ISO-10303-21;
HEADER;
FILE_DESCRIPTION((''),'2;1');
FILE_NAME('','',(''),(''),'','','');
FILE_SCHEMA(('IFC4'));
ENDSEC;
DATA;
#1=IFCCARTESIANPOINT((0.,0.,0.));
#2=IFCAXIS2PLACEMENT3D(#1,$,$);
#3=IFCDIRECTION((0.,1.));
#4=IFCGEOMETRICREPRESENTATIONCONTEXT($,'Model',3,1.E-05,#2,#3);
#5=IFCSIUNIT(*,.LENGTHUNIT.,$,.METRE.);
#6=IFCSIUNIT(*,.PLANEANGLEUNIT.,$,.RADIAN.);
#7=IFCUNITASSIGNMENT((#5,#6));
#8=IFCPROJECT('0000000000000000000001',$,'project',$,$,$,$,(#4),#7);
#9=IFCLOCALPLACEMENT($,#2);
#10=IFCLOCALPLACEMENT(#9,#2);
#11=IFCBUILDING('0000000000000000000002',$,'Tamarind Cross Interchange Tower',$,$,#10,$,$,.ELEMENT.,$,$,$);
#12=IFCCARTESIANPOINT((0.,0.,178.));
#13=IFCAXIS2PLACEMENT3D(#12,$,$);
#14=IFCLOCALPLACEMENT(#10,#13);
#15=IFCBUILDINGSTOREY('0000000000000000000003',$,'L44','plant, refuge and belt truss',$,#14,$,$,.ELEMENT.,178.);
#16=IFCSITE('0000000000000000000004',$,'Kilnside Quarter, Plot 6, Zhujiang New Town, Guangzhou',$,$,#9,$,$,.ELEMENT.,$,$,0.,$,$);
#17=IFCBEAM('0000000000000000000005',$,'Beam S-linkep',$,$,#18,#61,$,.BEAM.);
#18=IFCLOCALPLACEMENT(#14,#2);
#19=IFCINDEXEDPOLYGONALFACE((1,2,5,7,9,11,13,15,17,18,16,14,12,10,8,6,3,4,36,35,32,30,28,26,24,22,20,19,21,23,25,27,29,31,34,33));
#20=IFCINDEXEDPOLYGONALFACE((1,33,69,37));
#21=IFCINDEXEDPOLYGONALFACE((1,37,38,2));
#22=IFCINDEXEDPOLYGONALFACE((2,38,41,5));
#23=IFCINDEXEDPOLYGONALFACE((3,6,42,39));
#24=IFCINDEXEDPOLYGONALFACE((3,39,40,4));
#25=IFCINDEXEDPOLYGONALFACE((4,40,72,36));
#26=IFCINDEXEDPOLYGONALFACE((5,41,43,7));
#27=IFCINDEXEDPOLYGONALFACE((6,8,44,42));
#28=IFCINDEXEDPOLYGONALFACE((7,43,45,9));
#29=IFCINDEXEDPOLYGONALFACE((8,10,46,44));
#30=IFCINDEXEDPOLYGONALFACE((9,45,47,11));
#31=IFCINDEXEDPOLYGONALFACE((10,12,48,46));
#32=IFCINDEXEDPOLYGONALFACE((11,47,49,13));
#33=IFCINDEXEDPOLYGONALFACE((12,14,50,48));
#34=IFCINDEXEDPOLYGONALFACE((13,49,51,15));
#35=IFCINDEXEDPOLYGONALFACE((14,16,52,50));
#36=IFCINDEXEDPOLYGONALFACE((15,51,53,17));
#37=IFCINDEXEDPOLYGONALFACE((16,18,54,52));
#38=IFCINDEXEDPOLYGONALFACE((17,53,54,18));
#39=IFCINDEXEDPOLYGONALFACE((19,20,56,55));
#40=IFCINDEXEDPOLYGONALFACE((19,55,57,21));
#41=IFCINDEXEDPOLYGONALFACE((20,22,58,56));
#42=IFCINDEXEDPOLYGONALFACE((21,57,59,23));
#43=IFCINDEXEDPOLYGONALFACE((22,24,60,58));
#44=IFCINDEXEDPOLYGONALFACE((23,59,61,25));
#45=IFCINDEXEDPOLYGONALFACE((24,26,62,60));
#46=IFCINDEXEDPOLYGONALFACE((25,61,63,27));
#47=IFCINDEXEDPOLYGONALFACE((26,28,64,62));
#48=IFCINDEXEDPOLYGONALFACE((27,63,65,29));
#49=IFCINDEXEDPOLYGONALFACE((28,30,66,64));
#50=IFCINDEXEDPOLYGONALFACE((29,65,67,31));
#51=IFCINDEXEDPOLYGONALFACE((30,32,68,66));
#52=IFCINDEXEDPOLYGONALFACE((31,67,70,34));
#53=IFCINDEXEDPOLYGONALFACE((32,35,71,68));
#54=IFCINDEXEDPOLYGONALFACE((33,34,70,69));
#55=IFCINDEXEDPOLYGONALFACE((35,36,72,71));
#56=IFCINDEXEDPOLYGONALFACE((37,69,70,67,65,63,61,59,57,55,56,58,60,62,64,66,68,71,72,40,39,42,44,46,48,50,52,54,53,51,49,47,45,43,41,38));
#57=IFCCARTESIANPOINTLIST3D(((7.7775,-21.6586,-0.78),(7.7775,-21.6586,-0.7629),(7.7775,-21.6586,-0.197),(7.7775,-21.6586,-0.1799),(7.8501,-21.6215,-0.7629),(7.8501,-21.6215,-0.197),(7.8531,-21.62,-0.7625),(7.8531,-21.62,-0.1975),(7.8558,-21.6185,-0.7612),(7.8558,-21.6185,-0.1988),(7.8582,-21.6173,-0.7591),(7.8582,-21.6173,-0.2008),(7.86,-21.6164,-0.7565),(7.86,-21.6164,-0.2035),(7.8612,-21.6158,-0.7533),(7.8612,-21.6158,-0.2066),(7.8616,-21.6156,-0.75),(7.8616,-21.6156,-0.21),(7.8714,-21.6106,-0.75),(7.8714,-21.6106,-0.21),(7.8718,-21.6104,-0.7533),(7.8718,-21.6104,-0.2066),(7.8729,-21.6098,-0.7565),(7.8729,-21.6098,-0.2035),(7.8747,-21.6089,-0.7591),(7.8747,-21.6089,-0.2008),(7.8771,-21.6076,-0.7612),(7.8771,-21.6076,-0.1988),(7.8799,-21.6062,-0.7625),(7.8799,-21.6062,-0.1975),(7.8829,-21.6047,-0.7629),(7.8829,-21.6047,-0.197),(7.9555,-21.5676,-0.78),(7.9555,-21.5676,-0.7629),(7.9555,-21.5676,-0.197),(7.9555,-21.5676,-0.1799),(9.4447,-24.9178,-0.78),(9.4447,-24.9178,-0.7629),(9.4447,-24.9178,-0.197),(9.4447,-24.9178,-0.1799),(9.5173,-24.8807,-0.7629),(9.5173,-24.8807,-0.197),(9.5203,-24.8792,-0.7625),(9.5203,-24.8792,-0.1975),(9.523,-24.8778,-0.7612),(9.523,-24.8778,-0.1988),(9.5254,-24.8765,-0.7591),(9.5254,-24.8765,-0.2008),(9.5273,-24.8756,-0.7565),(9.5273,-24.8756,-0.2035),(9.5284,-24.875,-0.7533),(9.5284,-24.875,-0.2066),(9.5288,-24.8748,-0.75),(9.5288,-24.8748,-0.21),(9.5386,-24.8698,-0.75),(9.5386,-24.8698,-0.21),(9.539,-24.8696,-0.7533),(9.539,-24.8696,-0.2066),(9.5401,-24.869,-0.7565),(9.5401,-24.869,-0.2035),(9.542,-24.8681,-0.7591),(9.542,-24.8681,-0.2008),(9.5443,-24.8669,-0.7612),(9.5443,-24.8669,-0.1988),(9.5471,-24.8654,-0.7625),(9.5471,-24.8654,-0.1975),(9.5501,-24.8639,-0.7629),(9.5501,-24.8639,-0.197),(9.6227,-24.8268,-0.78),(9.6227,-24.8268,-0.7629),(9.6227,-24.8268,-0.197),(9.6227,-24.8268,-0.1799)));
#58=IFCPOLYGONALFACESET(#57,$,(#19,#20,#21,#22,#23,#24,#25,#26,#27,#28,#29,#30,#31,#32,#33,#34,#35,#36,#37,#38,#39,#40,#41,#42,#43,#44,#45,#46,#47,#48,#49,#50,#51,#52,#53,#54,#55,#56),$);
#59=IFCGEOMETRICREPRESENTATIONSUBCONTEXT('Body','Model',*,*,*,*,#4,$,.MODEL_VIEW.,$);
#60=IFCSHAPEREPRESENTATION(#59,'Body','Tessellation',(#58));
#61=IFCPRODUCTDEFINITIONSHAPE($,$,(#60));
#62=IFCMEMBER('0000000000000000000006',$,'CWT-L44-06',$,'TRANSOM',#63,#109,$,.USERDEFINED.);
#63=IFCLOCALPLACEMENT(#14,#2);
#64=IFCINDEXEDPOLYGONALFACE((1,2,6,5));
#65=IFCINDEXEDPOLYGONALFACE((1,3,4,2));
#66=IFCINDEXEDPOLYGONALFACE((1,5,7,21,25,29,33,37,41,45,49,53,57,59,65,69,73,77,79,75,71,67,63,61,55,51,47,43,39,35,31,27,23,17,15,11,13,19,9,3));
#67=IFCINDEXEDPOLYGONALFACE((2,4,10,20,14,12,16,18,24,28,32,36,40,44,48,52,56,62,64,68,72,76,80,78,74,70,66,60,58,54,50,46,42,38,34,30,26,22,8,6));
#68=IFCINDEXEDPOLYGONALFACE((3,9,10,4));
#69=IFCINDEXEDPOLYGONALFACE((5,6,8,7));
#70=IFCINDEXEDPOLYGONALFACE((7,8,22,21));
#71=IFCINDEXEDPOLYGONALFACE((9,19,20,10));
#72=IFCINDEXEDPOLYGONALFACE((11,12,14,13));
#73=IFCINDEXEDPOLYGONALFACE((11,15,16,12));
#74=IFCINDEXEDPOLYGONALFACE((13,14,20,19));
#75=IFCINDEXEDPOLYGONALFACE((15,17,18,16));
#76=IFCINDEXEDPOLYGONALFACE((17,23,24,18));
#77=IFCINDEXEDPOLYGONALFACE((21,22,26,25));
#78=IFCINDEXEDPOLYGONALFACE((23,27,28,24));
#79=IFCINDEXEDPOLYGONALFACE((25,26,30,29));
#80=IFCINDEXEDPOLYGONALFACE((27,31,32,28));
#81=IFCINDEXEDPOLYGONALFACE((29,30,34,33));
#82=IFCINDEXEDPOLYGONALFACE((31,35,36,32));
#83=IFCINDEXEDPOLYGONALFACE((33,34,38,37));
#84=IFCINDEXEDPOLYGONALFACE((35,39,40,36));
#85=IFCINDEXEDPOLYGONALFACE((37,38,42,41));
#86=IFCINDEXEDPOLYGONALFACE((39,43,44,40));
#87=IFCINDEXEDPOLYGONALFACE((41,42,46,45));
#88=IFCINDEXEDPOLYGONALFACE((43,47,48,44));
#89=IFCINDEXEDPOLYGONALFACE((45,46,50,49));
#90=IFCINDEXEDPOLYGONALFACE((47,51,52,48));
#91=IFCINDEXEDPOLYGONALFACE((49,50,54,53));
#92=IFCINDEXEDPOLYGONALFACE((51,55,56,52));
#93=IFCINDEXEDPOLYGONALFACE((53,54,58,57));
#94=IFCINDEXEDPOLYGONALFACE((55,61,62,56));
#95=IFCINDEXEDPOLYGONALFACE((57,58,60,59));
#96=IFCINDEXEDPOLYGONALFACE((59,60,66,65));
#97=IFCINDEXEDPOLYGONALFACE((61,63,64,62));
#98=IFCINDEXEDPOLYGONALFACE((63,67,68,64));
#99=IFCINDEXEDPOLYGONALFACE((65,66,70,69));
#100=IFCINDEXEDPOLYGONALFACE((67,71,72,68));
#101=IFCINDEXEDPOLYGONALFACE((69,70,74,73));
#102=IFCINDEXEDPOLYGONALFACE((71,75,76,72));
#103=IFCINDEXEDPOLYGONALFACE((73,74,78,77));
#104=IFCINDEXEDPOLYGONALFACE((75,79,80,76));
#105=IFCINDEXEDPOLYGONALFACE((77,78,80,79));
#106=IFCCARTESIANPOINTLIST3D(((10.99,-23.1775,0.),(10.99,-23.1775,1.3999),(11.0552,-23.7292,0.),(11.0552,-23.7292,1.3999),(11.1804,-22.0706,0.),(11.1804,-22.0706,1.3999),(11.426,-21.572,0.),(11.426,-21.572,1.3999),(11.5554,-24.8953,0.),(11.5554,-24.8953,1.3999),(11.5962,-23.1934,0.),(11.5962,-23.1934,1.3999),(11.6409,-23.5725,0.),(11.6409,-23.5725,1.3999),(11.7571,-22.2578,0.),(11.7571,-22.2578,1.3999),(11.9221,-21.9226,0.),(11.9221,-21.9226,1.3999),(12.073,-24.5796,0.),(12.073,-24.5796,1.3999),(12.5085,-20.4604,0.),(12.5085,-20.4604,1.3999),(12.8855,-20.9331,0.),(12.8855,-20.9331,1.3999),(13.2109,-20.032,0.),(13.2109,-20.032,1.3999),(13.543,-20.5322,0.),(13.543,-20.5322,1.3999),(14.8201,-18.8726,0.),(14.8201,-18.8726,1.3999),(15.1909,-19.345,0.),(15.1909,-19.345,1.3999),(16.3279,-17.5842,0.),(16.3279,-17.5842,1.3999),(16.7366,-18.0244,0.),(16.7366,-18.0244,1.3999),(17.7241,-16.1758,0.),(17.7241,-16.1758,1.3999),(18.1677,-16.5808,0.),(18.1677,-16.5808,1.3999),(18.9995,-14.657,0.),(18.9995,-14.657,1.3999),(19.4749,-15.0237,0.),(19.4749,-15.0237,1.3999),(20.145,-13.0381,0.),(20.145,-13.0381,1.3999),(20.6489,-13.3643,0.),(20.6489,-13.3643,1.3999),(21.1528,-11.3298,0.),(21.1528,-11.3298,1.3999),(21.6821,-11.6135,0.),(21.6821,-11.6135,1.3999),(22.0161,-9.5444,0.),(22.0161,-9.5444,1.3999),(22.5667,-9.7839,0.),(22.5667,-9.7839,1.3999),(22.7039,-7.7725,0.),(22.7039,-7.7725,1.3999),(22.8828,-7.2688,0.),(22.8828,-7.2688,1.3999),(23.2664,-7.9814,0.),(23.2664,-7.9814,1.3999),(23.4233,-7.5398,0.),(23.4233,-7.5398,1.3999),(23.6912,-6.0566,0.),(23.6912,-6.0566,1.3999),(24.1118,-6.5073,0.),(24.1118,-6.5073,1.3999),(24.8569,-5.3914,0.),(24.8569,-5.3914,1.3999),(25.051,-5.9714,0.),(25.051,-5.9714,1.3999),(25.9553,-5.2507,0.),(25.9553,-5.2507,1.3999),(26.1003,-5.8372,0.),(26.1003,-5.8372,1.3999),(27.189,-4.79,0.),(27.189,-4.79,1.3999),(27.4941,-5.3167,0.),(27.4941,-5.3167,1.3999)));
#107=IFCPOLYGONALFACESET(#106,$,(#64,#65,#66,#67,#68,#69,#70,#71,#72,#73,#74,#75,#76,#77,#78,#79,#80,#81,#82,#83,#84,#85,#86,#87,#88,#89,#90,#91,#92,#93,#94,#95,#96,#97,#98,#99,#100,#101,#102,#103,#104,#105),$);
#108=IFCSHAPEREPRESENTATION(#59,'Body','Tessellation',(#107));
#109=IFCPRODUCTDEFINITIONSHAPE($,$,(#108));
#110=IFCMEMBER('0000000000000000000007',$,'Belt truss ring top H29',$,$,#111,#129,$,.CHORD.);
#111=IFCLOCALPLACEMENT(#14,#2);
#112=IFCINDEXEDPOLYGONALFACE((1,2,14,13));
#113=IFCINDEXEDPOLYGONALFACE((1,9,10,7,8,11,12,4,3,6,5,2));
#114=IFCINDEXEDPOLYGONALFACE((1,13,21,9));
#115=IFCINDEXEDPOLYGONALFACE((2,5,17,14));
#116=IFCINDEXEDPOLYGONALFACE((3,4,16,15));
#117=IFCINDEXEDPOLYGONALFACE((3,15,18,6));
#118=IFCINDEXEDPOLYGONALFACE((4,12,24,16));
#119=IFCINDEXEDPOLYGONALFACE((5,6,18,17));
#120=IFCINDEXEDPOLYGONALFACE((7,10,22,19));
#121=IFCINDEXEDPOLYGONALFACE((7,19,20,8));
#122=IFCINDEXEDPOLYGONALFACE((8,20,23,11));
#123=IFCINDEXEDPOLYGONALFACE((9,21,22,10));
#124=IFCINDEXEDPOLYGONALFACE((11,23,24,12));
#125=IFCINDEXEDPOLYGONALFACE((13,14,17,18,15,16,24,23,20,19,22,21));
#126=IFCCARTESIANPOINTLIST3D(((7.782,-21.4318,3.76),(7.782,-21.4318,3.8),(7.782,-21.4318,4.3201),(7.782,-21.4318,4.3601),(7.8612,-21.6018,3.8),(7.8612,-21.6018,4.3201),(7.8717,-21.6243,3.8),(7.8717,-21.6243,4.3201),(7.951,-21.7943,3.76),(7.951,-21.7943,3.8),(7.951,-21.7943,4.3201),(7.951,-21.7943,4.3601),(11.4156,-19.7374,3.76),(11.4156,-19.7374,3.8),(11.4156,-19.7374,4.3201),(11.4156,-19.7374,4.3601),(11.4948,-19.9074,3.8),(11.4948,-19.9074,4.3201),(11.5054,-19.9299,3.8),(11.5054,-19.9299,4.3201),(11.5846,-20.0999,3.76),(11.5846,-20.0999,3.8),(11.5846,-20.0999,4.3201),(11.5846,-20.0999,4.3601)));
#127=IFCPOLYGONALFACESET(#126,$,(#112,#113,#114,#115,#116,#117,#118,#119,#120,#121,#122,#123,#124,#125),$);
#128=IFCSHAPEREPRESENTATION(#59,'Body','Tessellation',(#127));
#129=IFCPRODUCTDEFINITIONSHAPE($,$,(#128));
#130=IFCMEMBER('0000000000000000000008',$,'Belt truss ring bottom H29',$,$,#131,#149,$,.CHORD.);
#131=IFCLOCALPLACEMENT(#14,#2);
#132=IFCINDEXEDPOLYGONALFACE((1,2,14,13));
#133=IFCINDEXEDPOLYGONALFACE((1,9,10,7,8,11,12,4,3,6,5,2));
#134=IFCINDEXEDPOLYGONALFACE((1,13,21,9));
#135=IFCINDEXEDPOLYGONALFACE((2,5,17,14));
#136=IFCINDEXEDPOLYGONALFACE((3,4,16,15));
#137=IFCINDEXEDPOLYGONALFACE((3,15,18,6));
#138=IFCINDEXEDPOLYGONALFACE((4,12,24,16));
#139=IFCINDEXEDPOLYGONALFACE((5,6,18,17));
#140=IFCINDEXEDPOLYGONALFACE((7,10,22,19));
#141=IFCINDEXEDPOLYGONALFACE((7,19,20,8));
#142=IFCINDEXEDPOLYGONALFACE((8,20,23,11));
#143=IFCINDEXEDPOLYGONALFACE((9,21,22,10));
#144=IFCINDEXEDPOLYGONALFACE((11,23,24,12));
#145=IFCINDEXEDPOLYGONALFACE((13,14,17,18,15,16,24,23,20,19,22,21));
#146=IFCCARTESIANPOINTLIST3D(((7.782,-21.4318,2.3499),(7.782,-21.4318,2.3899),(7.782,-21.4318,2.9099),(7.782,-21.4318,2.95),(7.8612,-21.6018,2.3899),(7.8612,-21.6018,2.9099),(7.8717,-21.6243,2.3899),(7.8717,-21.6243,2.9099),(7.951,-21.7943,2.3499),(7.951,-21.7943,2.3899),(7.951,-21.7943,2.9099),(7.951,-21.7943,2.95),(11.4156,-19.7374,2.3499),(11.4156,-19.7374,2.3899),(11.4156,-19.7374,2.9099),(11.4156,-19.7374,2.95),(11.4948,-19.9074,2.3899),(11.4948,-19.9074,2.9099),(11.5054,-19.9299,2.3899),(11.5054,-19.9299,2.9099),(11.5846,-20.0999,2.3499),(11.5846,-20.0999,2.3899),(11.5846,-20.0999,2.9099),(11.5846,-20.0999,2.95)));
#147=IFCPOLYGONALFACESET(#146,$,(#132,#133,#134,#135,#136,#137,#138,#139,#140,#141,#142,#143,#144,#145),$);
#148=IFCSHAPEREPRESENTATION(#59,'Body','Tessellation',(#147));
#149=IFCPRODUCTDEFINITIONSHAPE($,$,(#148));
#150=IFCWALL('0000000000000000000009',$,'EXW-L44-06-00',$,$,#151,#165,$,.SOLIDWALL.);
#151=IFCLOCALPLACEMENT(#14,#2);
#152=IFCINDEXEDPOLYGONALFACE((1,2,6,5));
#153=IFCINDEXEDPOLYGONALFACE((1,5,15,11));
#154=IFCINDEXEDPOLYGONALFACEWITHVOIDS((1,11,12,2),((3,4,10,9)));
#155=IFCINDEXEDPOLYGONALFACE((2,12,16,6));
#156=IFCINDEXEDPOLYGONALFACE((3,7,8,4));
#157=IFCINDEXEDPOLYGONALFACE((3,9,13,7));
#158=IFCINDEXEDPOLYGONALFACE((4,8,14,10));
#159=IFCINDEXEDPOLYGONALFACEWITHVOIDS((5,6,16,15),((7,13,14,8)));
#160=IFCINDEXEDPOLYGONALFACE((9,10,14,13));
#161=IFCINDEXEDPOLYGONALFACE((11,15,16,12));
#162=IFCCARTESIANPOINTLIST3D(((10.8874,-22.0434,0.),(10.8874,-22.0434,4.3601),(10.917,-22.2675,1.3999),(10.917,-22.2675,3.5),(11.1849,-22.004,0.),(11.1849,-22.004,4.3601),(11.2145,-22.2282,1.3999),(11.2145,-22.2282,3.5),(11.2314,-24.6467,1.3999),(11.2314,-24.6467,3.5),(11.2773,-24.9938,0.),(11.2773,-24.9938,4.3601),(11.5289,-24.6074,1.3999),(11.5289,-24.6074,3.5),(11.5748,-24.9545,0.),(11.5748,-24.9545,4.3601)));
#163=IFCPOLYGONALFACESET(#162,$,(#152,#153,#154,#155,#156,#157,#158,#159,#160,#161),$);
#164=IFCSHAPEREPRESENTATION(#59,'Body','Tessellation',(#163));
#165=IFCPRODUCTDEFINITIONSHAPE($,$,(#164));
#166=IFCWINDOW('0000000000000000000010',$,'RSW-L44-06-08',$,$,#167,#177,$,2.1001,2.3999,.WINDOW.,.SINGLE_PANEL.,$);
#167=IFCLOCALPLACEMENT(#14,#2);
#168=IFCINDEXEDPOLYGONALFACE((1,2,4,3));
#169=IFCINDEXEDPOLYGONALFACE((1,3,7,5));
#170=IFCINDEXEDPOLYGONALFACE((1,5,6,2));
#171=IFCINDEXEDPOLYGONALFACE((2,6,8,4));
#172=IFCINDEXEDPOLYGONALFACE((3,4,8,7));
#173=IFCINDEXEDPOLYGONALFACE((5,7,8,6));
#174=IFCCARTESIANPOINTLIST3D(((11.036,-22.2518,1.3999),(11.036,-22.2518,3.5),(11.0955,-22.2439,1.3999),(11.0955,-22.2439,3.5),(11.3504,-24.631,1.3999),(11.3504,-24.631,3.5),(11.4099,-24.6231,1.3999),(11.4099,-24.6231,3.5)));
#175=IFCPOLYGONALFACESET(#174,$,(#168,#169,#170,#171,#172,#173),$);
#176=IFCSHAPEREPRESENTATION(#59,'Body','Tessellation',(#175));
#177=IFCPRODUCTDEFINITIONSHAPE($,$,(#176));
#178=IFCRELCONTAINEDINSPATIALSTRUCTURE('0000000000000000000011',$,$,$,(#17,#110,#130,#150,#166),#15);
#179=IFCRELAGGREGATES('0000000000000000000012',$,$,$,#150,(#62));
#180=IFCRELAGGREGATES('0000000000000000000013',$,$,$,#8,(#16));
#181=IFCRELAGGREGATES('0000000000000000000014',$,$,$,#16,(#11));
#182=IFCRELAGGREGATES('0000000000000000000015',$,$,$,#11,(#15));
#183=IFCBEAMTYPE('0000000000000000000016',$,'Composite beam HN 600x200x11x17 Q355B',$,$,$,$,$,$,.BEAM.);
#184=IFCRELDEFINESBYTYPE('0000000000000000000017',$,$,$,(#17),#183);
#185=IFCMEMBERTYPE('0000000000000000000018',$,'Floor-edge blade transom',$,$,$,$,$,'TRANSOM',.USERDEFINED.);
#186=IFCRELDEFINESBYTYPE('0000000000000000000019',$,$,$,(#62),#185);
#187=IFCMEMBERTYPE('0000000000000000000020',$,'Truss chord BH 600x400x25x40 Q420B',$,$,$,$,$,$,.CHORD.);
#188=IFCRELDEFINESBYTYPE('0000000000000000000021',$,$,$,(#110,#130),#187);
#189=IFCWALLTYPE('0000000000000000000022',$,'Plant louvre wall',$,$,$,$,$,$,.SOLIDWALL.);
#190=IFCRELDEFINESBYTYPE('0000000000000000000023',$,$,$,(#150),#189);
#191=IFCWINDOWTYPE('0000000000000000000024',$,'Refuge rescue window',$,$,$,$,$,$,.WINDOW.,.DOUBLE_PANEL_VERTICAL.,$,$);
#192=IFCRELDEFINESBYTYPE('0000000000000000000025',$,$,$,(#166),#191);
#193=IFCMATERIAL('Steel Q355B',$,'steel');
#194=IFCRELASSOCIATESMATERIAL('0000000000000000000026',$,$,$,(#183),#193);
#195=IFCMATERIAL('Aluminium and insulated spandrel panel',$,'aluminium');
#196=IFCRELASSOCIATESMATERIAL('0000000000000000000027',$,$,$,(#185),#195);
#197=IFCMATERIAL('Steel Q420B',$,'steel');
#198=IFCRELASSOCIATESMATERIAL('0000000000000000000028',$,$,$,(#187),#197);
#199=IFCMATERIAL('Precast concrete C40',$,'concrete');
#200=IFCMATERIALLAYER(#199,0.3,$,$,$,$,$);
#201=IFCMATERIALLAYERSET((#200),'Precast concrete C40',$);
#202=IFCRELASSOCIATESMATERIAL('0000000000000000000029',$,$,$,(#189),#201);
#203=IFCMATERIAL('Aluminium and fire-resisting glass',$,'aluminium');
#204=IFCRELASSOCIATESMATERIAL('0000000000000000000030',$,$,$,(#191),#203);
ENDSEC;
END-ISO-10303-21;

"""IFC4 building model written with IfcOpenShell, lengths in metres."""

from ifc_helpers import new_model, si_unit, direction, frame, frame_2d, origin, origin_2d, place, context, subcontext, project, spatial, polyline, rectangle, i_section, outline, extrude, material, layer, layer_set, material_profile, profile_set, type_object, element, fill, aggregate, save


model = new_model("IFC4")

# Units and contexts
model_context = context("Model", 3, precision=1e-05, world=origin(), true_north=direction((0.0, 1.0)))
body_context = subcontext(model_context, "Body", "Model", "MODEL_VIEW")
ifc_project = project(units=[si_unit("LENGTHUNIT", "METRE"), si_unit("PLANEANGLEUNIT", "RADIAN")], contexts=[model_context])

# Site, building, storey
site_placement = place(None, origin())
site = spatial("IfcSite", under=ifc_project, at=site_placement, Name="Kilnside Quarter, Plot 6, Zhujiang New Town, Guangzhou", CompositionType="ELEMENT", RefElevation=0.0)
building_placement = place(site_placement, origin())
building = spatial("IfcBuilding", under=site, at=building_placement, Name="Tamarind Cross Interchange Tower", CompositionType="ELEMENT")
storey_placement = place(building_placement, frame((0.0, 0.0, 178.0)))
storey = spatial("IfcBuildingStorey", under=building, at=storey_placement, Name="L44", Description="plant, refuge and belt truss", CompositionType="ELEMENT", Elevation=178.0)

# Beam
ifc_material_1 = material(Name="Steel Q355B", Category="steel")
ifc_material_profile_1 = material_profile(ifc_material_1, i_section(OverallWidth=0.2, OverallDepth=0.6001, WebThickness=0.011, FlangeThickness=0.0171, FilletRadius=0.0129, at=origin_2d()), Name="HN 600x200x11x17")
ifc_profile_set_1 = profile_set([ifc_material_profile_1], Name="Steel Q355B")
beam_type_1 = type_object("IfcBeamType", Name="Composite beam HN 600x200x11x17 Q355B", PredefinedType="BEAM", material=ifc_profile_set_1)
beam_1_placement = place(storey_placement, frame((9.5337, -24.8723, -0.48), z_axis=(-0.455411, 0.890281, 0.0), x_axis=(-0.890281, -0.455411, 0.0)))
element("IfcBeam", 1, at=beam_1_placement, inside=storey, type_object=beam_type_1, Name="Beam S-linkep", PredefinedType="BEAM", context=body_context, shape_type="SweptSolid", body=[
    extrude(i_section(OverallWidth=0.2, OverallDepth=0.6001, WebThickness=0.011, FlangeThickness=0.0171, FilletRadius=0.0129, at=origin_2d()), origin(), (0.0, 0.0, 1.0), 3.6609),
])

# Member
ifc_material_2 = material(Name="Aluminium and insulated spandrel panel", Category="aluminium")
member_type_1 = type_object("IfcMemberType", Name="Floor-edge blade transom", ElementType="TRANSOM", PredefinedType="USERDEFINED", material=ifc_material_2)
member_1_placement = place(storey_placement, origin())
member_1 = element("IfcMember", 2, at=member_1_placement, type_object=member_type_1, Name="CWT-L44-06", ObjectType="TRANSOM", PredefinedType="USERDEFINED", context=body_context, shape_type="SweptSolid", body=[
    extrude(outline(polyline([(11.5554, -24.8953), (11.0552, -23.7292), (10.99, -23.1775), (11.1804, -22.0706), (11.426, -21.572), (12.5085, -20.4604), (13.2109, -20.032), (14.8201, -18.8726), (16.3279, -17.5842), (17.7241, -16.1758), (18.9995, -14.657), (20.145, -13.0381), (21.1528, -11.3298), (22.0161, -9.5444), (22.7039, -7.7725), (22.8828, -7.2688), (23.6912, -6.0566), (24.8569, -5.3914), (25.9553, -5.2507), (27.189, -4.79), (27.4941, -5.3167), (26.1003, -5.8372), (25.051, -5.9714), (24.1118, -6.5073), (23.4233, -7.5398), (23.2664, -7.9814), (22.5667, -9.7839), (21.6821, -11.6135), (20.6489, -13.3643), (19.4749, -15.0237), (18.1677, -16.5808), (16.7366, -18.0244), (15.1909, -19.345), (13.543, -20.5322), (12.8855, -20.9331), (11.9221, -21.9226), (11.7571, -22.2578), (11.5962, -23.1934), (11.6409, -23.5725), (12.073, -24.5796), (11.5554, -24.8953)])), origin(), (0.0, 0.0, 1.0), 1.3999),
])

# Members
ifc_material_3 = material(Name="Steel Q420B", Category="steel")
ifc_material_profile_2 = material_profile(ifc_material_3, i_section(OverallWidth=0.3999, OverallDepth=0.6001, WebThickness=0.0249, FlangeThickness=0.04, at=origin_2d()), Name="BH 600x400x25x40")
ifc_profile_set_2 = profile_set([ifc_material_profile_2], Name="Steel Q420B")
member_type_2 = type_object("IfcMemberType", Name="Truss chord BH 600x400x25x40 Q420B", PredefinedType="CHORD", material=ifc_profile_set_2)
for number, where, z_axis, x_axis, name in (
    (3, (7.8665, -21.613, 4.0601), (0.906309, 0.422615, 0.0), (-0.422615, 0.906309, 0.0), "Belt truss ring top H29"),
    (4, (7.8665, -21.613, 2.6499), (0.906309, 0.422615, 0.0), (-0.422615, 0.906309, 0.0), "Belt truss ring bottom H29"),
):
    element("IfcMember", number, at=place(storey_placement, frame(where, z_axis=z_axis, x_axis=x_axis)), inside=storey, type_object=member_type_2, Name=name, PredefinedType="CHORD", context=body_context, shape_type="SweptSolid", body=[
        extrude(i_section(OverallWidth=0.3999, OverallDepth=0.6001, WebThickness=0.0249, FlangeThickness=0.04, at=origin_2d()), origin(), (0.0, 0.0, 1.0), 4.0093),
    ])

# Wall, opening, window
ifc_material_4 = material(Name="Precast concrete C40", Category="concrete")
ifc_layer_1 = layer(ifc_material_4, 0.3)
ifc_layer_set_1 = layer_set([ifc_layer_1], Name="Precast concrete C40")
wall_type_1 = type_object("IfcWallType", Name="Plant louvre wall", PredefinedType="SOLIDWALL", material=ifc_layer_set_1)
wall_1_placement = place(storey_placement, frame((11.426, -24.9741, 0.0), z_axis=(0.0, 0.0, 1.0), x_axis=(-0.131008, 0.991381, 0.0)))
wall_1 = element("IfcWall", 5, at=wall_1_placement, inside=storey, type_object=wall_type_1, Name="EXW-L44-06-00", PredefinedType="SOLIDWALL", context=body_context, shape_type="SweptSolid", body=[
    extrude(rectangle(XDim=2.9761, YDim=0.3, at=frame_2d((1.488, 0.0))), origin(), (0.0, 0.0, 1.0), 4.3601),
])
opening_placement = place(wall_1_placement, frame((0.3501, 0.0, 1.3999)))
opening = element("IfcOpeningElement", 6, at=opening_placement, cuts=wall_1, PredefinedType="OPENING", context=body_context, shape_type="SweptSolid", body=[
    extrude(rectangle(XDim=2.3999, YDim=2.1001, at=frame_2d((1.2, 1.05))), frame((0.0, 0.1599, 0.0), z_axis=(0.0, -1.0, 0.0), x_axis=(1.0, 0.0, 0.0)), (0.0, 0.0, 1.0), 0.3201),
])
ifc_material_5 = material(Name="Aluminium and fire-resisting glass", Category="aluminium")
window_type = type_object("IfcWindowType", Name="Refuge rescue window", PartitioningType="DOUBLE_PANEL_VERTICAL", PredefinedType="WINDOW", material=ifc_material_5)
window_placement = place(opening_placement, origin())
window = element("IfcWindow", 7, at=window_placement, inside=storey, type_object=window_type, Name="RSW-L44-06-08", OverallHeight=2.1001, OverallWidth=2.3999, PartitioningType="SINGLE_PANEL", PredefinedType="WINDOW", context=body_context, shape_type="SweptSolid", body=[
    extrude(rectangle(XDim=2.3999, YDim=2.1001, at=frame_2d((1.2, 1.05))), frame((0.0, 0.03, 0.0), z_axis=(0.0, -1.0, 0.0), x_axis=(1.0, 0.0, 0.0)), (0.0, 0.0, 1.0), 0.0601),
])
fill(opening, window)
aggregate(wall_1, [member_1])

save(model, "model.ifc")
